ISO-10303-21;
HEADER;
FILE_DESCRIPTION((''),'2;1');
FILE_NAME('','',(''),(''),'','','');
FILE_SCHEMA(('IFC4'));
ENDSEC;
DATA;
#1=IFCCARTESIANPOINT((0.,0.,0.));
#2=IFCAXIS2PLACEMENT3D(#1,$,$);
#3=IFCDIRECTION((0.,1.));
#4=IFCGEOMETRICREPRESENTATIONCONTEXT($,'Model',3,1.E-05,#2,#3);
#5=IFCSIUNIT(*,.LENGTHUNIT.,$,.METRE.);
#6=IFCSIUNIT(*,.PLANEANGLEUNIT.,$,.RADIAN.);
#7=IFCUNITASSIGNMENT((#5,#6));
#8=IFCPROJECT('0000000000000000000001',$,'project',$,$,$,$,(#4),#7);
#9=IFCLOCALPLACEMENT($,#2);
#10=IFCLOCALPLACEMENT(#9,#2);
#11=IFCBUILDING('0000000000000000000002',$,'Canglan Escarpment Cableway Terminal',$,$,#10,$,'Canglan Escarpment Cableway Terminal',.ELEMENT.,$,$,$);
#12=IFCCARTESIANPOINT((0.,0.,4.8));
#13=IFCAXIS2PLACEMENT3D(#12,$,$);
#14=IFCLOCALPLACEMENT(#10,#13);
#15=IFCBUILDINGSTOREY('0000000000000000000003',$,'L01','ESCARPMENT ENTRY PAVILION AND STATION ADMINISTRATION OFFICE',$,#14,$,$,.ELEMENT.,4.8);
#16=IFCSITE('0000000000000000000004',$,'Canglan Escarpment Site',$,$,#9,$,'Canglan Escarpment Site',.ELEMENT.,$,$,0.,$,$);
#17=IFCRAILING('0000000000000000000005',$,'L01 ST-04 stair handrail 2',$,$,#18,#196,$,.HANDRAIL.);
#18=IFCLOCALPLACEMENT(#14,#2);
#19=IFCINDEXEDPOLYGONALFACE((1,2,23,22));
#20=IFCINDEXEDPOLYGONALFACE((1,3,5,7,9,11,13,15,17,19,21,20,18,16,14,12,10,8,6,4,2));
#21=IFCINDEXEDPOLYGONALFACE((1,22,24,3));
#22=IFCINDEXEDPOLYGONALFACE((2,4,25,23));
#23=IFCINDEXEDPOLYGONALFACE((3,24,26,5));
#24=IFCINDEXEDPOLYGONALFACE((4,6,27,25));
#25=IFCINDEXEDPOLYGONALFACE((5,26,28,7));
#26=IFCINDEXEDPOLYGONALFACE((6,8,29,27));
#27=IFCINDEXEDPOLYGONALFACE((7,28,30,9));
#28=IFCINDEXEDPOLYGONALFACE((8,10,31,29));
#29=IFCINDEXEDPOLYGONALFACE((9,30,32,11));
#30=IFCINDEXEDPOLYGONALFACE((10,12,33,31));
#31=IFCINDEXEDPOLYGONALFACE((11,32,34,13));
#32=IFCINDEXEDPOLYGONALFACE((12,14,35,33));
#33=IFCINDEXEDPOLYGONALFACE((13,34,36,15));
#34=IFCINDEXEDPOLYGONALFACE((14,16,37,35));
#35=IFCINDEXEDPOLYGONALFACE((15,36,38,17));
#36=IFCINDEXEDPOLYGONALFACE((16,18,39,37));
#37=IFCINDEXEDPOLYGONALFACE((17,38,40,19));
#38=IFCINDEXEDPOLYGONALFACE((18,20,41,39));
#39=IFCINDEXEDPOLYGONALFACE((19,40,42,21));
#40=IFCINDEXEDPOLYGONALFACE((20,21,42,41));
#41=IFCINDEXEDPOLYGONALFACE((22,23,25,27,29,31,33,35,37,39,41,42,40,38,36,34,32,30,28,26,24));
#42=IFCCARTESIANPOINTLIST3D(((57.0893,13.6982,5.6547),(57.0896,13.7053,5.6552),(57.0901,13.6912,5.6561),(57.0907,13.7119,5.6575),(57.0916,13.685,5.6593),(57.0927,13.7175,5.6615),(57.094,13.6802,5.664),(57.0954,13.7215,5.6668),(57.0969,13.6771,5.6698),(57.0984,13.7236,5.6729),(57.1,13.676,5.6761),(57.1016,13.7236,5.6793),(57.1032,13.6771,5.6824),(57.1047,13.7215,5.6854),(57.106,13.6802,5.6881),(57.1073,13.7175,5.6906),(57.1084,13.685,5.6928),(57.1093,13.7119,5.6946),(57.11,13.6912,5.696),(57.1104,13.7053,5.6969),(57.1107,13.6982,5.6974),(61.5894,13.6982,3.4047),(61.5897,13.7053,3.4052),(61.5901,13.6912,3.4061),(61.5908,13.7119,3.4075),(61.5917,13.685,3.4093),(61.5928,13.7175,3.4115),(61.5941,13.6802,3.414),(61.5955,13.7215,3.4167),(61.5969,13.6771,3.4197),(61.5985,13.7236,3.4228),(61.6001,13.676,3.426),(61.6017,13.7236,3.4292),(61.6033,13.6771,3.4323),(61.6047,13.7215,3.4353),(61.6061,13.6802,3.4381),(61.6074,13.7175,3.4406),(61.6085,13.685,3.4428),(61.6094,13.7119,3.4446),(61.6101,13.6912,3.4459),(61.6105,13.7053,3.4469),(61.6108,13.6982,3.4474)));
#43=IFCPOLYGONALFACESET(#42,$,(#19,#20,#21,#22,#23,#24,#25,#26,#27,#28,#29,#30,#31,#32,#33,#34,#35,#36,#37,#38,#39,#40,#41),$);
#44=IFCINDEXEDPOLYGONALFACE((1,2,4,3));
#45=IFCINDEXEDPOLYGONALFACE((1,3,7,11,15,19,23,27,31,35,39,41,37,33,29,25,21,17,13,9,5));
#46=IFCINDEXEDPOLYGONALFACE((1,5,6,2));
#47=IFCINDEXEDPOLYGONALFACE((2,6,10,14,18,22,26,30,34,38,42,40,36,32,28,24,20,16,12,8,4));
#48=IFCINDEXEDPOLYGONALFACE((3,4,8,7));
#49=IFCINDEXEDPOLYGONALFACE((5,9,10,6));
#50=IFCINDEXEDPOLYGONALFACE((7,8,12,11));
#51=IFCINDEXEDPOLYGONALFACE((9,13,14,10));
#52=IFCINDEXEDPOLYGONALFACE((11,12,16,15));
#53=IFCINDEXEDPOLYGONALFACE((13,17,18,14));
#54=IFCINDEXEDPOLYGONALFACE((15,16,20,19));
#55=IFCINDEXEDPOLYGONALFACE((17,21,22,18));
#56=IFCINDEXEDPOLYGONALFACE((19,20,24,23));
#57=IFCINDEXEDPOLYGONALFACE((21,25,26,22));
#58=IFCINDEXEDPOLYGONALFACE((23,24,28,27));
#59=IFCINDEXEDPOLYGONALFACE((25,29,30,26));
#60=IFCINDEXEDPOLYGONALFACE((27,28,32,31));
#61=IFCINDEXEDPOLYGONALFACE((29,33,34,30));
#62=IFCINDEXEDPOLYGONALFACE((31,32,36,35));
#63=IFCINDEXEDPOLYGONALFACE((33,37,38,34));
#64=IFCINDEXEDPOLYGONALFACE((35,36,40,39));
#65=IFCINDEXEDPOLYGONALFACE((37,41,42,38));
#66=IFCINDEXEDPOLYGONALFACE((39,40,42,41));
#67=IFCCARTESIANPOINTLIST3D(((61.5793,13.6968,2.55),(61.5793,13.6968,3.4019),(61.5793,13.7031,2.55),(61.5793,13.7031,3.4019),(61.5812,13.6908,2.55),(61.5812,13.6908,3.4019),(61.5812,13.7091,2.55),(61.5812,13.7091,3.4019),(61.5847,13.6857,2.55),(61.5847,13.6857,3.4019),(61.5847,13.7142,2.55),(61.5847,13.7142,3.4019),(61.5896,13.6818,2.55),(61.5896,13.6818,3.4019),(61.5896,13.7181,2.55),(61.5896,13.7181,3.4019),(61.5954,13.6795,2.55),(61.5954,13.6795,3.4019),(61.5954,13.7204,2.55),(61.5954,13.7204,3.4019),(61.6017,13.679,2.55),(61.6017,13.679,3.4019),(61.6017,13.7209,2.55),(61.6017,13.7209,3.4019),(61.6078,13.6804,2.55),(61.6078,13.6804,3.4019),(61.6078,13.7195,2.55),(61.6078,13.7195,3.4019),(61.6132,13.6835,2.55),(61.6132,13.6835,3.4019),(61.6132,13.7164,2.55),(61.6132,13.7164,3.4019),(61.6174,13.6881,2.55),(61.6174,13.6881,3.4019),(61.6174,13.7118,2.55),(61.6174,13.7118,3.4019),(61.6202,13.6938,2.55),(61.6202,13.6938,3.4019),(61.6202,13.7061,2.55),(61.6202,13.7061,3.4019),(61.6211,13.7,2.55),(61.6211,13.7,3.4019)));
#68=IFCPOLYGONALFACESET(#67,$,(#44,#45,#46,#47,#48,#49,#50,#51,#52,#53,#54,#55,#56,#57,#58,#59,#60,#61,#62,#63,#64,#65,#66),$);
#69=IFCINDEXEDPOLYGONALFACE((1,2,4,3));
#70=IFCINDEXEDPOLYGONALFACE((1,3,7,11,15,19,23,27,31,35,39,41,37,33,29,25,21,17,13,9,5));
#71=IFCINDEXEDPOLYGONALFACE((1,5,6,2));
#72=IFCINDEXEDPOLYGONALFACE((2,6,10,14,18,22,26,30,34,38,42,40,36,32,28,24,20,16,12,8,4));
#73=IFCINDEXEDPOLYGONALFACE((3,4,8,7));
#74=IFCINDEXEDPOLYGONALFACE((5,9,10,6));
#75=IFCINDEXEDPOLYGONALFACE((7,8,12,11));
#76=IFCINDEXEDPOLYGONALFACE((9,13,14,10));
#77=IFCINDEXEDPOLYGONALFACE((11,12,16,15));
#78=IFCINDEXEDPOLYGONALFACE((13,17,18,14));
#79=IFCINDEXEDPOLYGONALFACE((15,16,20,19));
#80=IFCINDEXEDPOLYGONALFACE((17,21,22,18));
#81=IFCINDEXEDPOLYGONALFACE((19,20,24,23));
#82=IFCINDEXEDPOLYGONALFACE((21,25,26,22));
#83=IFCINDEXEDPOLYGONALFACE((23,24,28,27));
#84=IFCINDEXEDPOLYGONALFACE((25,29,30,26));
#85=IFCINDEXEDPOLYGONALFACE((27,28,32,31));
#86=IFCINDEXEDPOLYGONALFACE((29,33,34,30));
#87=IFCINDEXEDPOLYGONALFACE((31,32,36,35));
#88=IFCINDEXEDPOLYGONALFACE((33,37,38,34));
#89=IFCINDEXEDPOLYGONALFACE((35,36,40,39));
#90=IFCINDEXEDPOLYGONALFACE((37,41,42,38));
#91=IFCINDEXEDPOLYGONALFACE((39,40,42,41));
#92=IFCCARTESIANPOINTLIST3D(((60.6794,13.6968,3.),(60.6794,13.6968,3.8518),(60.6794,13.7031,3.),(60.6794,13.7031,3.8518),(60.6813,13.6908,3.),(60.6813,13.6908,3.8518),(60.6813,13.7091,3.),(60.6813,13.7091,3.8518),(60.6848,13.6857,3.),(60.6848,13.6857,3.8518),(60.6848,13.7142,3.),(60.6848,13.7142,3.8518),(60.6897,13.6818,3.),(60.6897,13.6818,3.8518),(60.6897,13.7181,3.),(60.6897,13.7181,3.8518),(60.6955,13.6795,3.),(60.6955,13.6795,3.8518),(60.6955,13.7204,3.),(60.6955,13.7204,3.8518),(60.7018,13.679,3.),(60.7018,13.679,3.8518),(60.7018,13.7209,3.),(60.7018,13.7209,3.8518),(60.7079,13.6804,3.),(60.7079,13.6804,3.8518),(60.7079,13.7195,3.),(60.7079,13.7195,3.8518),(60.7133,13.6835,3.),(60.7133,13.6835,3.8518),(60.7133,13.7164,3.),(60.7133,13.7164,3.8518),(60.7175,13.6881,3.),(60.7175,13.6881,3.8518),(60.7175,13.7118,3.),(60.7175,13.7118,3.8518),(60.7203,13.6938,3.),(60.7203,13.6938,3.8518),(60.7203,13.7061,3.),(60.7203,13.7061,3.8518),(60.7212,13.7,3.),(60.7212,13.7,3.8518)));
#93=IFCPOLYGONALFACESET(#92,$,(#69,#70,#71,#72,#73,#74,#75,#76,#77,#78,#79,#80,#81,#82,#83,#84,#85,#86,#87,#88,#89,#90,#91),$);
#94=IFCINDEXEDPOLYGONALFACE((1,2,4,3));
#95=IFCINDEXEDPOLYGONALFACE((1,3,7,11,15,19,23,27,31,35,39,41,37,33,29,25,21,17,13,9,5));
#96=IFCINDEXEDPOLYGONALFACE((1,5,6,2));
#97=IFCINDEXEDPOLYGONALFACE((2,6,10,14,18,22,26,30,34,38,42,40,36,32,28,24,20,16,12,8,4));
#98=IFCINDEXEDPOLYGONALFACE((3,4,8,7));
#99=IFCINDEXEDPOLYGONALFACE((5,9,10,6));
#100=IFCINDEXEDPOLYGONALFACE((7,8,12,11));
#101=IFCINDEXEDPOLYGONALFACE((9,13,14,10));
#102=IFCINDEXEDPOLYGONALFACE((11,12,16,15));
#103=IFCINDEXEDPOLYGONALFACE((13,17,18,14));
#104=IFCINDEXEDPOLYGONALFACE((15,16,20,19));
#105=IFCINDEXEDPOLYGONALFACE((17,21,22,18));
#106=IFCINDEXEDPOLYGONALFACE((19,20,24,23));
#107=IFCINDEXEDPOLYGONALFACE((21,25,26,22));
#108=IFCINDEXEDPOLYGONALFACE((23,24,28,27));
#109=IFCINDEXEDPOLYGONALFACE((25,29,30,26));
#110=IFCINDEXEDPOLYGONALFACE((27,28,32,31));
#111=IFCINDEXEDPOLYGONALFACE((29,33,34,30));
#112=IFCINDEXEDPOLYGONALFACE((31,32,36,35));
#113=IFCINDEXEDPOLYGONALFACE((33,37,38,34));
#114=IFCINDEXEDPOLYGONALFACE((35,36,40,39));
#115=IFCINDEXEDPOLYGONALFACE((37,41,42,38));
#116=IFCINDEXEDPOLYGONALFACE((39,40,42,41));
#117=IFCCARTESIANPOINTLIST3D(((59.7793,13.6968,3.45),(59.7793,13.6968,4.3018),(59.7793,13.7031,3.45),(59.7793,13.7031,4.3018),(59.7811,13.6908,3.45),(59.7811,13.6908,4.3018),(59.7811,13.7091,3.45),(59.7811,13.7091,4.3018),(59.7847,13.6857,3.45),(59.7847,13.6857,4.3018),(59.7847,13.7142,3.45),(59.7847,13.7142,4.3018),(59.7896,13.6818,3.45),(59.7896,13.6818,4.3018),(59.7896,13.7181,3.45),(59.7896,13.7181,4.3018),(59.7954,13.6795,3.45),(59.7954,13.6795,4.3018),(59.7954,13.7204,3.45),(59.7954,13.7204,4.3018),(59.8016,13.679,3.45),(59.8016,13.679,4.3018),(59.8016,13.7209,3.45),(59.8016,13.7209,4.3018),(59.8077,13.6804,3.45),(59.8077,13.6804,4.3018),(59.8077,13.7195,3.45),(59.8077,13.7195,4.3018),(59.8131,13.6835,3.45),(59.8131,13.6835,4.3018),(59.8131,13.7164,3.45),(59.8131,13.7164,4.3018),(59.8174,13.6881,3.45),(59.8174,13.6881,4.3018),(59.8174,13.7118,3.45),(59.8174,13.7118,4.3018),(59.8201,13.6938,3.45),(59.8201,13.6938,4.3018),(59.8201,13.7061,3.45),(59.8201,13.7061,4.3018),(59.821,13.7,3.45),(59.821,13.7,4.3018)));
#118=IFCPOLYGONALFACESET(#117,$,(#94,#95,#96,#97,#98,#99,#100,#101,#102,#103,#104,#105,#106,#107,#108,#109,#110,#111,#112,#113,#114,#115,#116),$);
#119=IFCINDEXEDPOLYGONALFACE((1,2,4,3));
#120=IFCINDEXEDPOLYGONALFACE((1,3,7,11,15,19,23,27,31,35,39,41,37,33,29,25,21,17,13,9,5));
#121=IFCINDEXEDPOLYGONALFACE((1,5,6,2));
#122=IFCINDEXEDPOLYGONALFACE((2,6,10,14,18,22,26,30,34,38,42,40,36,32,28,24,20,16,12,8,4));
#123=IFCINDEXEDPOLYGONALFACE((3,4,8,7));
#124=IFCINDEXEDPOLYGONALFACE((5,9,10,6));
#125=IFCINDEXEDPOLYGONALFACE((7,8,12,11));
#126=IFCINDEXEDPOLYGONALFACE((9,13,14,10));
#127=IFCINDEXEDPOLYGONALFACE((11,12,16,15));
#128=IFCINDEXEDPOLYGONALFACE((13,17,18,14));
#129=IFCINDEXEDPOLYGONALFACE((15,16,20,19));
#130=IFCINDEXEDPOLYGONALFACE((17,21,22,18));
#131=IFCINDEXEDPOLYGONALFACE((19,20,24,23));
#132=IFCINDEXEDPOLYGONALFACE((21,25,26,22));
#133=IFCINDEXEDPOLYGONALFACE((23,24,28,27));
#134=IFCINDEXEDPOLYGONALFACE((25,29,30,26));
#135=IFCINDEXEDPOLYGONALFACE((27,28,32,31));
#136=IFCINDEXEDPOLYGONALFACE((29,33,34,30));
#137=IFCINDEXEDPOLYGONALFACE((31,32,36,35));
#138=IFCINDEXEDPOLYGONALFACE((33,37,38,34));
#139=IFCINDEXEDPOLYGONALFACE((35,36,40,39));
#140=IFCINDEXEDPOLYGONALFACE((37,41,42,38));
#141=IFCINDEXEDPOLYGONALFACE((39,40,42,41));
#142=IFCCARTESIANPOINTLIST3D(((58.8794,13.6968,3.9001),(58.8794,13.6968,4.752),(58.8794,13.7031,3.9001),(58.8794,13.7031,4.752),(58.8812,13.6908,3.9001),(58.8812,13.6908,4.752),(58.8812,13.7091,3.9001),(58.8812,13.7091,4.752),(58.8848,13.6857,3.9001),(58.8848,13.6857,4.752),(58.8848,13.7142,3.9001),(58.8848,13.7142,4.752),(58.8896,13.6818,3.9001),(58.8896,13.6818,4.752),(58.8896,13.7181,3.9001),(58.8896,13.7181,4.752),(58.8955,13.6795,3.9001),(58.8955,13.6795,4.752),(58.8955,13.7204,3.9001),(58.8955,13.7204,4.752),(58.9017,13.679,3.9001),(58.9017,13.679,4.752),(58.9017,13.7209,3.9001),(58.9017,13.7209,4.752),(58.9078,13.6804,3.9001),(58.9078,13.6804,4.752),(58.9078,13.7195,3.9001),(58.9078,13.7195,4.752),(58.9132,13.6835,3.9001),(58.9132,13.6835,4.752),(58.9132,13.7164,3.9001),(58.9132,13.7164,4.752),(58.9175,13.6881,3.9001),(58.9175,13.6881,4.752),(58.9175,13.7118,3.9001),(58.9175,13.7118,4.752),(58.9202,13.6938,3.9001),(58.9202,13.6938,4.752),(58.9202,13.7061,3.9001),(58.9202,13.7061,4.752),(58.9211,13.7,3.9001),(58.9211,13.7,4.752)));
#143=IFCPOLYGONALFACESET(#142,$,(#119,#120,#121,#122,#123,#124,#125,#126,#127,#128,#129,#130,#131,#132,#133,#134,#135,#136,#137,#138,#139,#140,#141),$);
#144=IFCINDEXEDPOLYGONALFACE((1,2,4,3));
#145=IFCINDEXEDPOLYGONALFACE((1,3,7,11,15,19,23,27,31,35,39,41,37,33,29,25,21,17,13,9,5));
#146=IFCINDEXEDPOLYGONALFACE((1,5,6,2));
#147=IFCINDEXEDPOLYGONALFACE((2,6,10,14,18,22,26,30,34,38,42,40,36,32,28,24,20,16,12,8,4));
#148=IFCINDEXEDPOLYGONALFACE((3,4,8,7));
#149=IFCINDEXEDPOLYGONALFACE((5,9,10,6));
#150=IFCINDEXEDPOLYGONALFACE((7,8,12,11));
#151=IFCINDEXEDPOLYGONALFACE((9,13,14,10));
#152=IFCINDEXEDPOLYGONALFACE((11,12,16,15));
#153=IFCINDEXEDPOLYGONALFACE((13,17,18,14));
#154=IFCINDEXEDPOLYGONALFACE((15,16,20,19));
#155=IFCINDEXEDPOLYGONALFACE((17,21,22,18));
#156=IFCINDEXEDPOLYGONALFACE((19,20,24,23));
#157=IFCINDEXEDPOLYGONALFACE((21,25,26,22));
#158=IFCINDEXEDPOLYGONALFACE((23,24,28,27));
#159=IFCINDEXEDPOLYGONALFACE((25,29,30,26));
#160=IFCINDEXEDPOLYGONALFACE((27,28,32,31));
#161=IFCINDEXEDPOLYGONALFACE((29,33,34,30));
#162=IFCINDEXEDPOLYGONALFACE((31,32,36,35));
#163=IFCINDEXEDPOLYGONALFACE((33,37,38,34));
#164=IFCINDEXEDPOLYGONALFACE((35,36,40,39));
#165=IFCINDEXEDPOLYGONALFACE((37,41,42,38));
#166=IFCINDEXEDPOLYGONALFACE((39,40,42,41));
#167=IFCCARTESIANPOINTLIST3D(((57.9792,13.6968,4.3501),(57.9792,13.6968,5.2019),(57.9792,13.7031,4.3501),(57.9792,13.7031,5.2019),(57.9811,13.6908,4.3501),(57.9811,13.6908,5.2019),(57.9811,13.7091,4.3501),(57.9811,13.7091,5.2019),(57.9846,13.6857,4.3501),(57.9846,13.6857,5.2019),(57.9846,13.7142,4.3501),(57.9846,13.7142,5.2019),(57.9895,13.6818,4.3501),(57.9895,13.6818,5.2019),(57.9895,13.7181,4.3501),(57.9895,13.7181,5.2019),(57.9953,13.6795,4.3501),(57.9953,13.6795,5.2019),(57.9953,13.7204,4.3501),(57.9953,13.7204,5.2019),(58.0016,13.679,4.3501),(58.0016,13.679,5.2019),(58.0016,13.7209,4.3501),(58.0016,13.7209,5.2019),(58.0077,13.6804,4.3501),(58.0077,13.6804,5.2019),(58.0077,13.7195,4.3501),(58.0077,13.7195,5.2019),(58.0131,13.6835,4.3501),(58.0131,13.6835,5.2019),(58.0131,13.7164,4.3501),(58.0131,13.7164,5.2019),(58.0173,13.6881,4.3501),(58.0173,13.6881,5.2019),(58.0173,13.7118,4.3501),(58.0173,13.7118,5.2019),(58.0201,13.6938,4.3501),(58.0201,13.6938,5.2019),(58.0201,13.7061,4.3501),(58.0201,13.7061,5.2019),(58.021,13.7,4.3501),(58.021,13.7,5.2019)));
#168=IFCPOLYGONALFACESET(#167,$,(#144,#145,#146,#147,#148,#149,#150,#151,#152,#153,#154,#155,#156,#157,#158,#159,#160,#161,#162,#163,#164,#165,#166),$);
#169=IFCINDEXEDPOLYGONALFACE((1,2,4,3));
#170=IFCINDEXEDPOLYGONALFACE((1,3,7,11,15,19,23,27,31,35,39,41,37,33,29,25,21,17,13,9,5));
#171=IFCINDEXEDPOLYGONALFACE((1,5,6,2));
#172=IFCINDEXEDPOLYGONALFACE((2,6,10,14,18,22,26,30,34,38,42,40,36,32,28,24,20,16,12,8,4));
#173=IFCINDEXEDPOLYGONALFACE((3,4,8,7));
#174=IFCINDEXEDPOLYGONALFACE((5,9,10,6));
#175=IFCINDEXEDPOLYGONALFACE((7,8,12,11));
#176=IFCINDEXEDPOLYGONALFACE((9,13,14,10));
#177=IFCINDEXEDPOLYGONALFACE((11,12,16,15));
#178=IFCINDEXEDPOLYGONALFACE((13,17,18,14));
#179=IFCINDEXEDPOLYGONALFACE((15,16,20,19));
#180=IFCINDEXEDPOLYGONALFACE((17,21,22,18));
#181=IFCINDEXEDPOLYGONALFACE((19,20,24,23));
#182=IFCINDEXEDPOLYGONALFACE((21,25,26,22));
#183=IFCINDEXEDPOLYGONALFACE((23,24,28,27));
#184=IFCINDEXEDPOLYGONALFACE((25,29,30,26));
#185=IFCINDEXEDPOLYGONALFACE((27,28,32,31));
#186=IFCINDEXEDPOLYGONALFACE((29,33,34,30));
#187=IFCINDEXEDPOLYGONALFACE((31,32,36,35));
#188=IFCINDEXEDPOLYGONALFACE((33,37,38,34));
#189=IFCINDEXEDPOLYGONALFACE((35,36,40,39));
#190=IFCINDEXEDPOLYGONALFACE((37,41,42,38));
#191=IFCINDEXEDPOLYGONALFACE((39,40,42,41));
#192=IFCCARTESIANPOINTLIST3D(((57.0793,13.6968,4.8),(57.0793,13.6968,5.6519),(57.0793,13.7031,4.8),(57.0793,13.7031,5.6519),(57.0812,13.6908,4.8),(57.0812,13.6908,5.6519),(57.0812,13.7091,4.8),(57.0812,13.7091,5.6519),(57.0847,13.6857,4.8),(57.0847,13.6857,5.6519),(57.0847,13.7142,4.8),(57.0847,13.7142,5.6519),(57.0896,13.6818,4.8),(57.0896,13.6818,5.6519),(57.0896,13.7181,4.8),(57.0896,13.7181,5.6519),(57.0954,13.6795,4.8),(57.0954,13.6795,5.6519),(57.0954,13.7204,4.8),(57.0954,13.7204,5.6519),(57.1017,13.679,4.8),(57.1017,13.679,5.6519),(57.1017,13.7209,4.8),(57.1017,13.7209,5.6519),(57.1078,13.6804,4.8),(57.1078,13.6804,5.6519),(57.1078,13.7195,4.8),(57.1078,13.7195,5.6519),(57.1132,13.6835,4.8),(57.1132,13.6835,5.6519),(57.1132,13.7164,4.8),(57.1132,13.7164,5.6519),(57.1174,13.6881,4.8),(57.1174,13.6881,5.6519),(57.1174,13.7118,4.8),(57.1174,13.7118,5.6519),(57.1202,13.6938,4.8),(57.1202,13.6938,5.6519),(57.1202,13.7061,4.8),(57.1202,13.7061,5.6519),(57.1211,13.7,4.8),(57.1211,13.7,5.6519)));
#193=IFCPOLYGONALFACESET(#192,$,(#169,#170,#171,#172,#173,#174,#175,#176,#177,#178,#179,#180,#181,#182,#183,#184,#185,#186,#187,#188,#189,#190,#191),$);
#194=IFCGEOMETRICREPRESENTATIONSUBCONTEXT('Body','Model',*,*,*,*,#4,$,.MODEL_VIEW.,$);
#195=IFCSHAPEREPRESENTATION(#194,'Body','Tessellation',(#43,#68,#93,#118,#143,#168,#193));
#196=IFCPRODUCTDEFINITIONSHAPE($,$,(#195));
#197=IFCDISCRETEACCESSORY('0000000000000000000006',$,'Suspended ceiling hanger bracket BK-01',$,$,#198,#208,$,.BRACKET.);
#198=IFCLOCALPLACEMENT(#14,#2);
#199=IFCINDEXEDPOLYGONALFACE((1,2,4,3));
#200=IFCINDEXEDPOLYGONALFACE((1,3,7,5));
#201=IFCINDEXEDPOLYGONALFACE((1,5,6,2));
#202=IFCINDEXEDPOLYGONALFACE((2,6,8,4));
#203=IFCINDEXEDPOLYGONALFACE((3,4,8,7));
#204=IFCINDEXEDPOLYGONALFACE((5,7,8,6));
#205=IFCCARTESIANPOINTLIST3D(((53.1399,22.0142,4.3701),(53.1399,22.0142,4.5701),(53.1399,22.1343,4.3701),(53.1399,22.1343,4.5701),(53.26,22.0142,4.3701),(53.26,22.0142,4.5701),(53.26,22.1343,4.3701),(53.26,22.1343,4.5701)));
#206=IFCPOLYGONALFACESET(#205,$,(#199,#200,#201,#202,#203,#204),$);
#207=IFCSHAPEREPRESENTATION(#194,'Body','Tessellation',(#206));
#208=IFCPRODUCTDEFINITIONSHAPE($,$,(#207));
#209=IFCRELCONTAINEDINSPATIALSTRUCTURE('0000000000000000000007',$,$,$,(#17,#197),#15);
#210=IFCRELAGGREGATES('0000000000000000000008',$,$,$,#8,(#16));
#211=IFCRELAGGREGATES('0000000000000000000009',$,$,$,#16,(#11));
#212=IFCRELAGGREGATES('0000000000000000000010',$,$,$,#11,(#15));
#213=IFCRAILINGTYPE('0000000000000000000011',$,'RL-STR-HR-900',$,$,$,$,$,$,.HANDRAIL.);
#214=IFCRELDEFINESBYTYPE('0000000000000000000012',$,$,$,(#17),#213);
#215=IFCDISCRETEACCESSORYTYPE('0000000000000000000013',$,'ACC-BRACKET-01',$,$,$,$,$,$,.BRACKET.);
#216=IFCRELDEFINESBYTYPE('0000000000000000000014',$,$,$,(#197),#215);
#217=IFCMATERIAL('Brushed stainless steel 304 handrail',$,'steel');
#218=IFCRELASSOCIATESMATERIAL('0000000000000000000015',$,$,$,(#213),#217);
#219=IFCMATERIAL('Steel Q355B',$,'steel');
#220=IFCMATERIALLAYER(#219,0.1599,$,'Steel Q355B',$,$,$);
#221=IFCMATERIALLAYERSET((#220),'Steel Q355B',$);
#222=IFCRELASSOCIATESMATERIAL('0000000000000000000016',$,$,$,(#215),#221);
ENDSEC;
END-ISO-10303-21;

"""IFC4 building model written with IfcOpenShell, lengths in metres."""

from ifc_helpers import new_model, si_unit, direction, frame, origin, origin_2d, place, context, subcontext, project, spatial, rectangle, circle, extrude, material, layer, layer_set, type_object, element, save


model = new_model("IFC4")

# Units and contexts
model_context = context("Model", 3, precision=1e-05, world=origin(), true_north=direction((0.0, 1.0)))
body_context = subcontext(model_context, "Body", "Model", "MODEL_VIEW")
ifc_project = project(units=[si_unit("LENGTHUNIT", "METRE"), si_unit("PLANEANGLEUNIT", "RADIAN")], contexts=[model_context])

# Site, building, storey
site_placement = place(None, origin())
site = spatial("IfcSite", under=ifc_project, at=site_placement, Name="Canglan Escarpment Site", LongName="Canglan Escarpment Site", CompositionType="ELEMENT", RefElevation=0.0)
building_placement = place(site_placement, origin())
building = spatial("IfcBuilding", under=site, at=building_placement, Name="Canglan Escarpment Cableway Terminal", LongName="Canglan Escarpment Cableway Terminal", CompositionType="ELEMENT")
storey_placement = place(building_placement, frame((0.0, 0.0, 4.8)))
storey = spatial("IfcBuildingStorey", under=building, at=storey_placement, Name="L01", Description="ESCARPMENT ENTRY PAVILION AND STATION ADMINISTRATION OFFICE", CompositionType="ELEMENT", Elevation=4.8)

# Shared definitions
ifc_material_1 = material(Name="Steel Q355B", Category="steel")

# Railing
ifc_material_2 = material(Name="Brushed stainless steel 304 handrail", Category="steel")
railing_type_1 = type_object("IfcRailingType", Name="RL-STR-HR-900", PredefinedType="HANDRAIL", material=ifc_material_2)
railing_1_placement = place(storey_placement, frame((61.6001, 13.7, 2.55)))
element("IfcRailing", 1, at=railing_1_placement, inside=storey, type_object=railing_type_1, Name="L01 ST-04 stair handrail 2", PredefinedType="HANDRAIL", context=body_context, shape_type="SweptSolid", body=[
    extrude(circle(Radius=0.0239, at=origin_2d()), frame((0.0, 0.0, 0.876), z_axis=(-0.894427, 0.0, 0.447214), x_axis=(0.0, -1.0, 0.0)), (0.0, 0.0, 1.0), 5.0312),
    extrude(circle(Radius=0.021, at=origin_2d()), origin(), (0.0, 0.0, 1.0), 0.8518),
    extrude(circle(Radius=0.021, at=origin_2d()), frame((-0.8999, 0.0, 0.45)), (0.0, 0.0, 1.0), 0.8518),
    extrude(circle(Radius=0.021, at=origin_2d()), frame((-1.8, 0.0, 0.8999)), (0.0, 0.0, 1.0), 0.8518),
    extrude(circle(Radius=0.021, at=origin_2d()), frame((-2.7, 0.0, 1.3501)), (0.0, 0.0, 1.0), 0.8518),
    extrude(circle(Radius=0.021, at=origin_2d()), frame((-3.6001, 0.0, 1.8)), (0.0, 0.0, 1.0), 0.8518),
    extrude(circle(Radius=0.021, at=origin_2d()), frame((-4.5, 0.0, 2.25)), (0.0, 0.0, 1.0), 0.8518),
])

# Discrete accessory
ifc_layer_1 = layer(ifc_material_1, 0.1599, Name="Steel Q355B")
ifc_layer_set_1 = layer_set([ifc_layer_1], Name="Steel Q355B")
discrete_accessory_type = type_object("IfcDiscreteAccessoryType", Name="ACC-BRACKET-01", PredefinedType="BRACKET", material=ifc_layer_set_1)
discrete_accessory_placement = place(storey_placement, frame((53.2, 22.0742, 4.3701), z_axis=(0.0, 0.0, 1.0), x_axis=(1.0, 0.0, 0.0)))
element("IfcDiscreteAccessory", 2, at=discrete_accessory_placement, inside=storey, type_object=discrete_accessory_type, Name="Suspended ceiling hanger bracket BK-01", PredefinedType="BRACKET", context=body_context, shape_type="SweptSolid", body=[
    extrude(rectangle(XDim=0.1201, YDim=0.1201, at=origin_2d()), origin(), (0.0, 0.0, 1.0), 0.2),
])

save(model, "model.ifc")
